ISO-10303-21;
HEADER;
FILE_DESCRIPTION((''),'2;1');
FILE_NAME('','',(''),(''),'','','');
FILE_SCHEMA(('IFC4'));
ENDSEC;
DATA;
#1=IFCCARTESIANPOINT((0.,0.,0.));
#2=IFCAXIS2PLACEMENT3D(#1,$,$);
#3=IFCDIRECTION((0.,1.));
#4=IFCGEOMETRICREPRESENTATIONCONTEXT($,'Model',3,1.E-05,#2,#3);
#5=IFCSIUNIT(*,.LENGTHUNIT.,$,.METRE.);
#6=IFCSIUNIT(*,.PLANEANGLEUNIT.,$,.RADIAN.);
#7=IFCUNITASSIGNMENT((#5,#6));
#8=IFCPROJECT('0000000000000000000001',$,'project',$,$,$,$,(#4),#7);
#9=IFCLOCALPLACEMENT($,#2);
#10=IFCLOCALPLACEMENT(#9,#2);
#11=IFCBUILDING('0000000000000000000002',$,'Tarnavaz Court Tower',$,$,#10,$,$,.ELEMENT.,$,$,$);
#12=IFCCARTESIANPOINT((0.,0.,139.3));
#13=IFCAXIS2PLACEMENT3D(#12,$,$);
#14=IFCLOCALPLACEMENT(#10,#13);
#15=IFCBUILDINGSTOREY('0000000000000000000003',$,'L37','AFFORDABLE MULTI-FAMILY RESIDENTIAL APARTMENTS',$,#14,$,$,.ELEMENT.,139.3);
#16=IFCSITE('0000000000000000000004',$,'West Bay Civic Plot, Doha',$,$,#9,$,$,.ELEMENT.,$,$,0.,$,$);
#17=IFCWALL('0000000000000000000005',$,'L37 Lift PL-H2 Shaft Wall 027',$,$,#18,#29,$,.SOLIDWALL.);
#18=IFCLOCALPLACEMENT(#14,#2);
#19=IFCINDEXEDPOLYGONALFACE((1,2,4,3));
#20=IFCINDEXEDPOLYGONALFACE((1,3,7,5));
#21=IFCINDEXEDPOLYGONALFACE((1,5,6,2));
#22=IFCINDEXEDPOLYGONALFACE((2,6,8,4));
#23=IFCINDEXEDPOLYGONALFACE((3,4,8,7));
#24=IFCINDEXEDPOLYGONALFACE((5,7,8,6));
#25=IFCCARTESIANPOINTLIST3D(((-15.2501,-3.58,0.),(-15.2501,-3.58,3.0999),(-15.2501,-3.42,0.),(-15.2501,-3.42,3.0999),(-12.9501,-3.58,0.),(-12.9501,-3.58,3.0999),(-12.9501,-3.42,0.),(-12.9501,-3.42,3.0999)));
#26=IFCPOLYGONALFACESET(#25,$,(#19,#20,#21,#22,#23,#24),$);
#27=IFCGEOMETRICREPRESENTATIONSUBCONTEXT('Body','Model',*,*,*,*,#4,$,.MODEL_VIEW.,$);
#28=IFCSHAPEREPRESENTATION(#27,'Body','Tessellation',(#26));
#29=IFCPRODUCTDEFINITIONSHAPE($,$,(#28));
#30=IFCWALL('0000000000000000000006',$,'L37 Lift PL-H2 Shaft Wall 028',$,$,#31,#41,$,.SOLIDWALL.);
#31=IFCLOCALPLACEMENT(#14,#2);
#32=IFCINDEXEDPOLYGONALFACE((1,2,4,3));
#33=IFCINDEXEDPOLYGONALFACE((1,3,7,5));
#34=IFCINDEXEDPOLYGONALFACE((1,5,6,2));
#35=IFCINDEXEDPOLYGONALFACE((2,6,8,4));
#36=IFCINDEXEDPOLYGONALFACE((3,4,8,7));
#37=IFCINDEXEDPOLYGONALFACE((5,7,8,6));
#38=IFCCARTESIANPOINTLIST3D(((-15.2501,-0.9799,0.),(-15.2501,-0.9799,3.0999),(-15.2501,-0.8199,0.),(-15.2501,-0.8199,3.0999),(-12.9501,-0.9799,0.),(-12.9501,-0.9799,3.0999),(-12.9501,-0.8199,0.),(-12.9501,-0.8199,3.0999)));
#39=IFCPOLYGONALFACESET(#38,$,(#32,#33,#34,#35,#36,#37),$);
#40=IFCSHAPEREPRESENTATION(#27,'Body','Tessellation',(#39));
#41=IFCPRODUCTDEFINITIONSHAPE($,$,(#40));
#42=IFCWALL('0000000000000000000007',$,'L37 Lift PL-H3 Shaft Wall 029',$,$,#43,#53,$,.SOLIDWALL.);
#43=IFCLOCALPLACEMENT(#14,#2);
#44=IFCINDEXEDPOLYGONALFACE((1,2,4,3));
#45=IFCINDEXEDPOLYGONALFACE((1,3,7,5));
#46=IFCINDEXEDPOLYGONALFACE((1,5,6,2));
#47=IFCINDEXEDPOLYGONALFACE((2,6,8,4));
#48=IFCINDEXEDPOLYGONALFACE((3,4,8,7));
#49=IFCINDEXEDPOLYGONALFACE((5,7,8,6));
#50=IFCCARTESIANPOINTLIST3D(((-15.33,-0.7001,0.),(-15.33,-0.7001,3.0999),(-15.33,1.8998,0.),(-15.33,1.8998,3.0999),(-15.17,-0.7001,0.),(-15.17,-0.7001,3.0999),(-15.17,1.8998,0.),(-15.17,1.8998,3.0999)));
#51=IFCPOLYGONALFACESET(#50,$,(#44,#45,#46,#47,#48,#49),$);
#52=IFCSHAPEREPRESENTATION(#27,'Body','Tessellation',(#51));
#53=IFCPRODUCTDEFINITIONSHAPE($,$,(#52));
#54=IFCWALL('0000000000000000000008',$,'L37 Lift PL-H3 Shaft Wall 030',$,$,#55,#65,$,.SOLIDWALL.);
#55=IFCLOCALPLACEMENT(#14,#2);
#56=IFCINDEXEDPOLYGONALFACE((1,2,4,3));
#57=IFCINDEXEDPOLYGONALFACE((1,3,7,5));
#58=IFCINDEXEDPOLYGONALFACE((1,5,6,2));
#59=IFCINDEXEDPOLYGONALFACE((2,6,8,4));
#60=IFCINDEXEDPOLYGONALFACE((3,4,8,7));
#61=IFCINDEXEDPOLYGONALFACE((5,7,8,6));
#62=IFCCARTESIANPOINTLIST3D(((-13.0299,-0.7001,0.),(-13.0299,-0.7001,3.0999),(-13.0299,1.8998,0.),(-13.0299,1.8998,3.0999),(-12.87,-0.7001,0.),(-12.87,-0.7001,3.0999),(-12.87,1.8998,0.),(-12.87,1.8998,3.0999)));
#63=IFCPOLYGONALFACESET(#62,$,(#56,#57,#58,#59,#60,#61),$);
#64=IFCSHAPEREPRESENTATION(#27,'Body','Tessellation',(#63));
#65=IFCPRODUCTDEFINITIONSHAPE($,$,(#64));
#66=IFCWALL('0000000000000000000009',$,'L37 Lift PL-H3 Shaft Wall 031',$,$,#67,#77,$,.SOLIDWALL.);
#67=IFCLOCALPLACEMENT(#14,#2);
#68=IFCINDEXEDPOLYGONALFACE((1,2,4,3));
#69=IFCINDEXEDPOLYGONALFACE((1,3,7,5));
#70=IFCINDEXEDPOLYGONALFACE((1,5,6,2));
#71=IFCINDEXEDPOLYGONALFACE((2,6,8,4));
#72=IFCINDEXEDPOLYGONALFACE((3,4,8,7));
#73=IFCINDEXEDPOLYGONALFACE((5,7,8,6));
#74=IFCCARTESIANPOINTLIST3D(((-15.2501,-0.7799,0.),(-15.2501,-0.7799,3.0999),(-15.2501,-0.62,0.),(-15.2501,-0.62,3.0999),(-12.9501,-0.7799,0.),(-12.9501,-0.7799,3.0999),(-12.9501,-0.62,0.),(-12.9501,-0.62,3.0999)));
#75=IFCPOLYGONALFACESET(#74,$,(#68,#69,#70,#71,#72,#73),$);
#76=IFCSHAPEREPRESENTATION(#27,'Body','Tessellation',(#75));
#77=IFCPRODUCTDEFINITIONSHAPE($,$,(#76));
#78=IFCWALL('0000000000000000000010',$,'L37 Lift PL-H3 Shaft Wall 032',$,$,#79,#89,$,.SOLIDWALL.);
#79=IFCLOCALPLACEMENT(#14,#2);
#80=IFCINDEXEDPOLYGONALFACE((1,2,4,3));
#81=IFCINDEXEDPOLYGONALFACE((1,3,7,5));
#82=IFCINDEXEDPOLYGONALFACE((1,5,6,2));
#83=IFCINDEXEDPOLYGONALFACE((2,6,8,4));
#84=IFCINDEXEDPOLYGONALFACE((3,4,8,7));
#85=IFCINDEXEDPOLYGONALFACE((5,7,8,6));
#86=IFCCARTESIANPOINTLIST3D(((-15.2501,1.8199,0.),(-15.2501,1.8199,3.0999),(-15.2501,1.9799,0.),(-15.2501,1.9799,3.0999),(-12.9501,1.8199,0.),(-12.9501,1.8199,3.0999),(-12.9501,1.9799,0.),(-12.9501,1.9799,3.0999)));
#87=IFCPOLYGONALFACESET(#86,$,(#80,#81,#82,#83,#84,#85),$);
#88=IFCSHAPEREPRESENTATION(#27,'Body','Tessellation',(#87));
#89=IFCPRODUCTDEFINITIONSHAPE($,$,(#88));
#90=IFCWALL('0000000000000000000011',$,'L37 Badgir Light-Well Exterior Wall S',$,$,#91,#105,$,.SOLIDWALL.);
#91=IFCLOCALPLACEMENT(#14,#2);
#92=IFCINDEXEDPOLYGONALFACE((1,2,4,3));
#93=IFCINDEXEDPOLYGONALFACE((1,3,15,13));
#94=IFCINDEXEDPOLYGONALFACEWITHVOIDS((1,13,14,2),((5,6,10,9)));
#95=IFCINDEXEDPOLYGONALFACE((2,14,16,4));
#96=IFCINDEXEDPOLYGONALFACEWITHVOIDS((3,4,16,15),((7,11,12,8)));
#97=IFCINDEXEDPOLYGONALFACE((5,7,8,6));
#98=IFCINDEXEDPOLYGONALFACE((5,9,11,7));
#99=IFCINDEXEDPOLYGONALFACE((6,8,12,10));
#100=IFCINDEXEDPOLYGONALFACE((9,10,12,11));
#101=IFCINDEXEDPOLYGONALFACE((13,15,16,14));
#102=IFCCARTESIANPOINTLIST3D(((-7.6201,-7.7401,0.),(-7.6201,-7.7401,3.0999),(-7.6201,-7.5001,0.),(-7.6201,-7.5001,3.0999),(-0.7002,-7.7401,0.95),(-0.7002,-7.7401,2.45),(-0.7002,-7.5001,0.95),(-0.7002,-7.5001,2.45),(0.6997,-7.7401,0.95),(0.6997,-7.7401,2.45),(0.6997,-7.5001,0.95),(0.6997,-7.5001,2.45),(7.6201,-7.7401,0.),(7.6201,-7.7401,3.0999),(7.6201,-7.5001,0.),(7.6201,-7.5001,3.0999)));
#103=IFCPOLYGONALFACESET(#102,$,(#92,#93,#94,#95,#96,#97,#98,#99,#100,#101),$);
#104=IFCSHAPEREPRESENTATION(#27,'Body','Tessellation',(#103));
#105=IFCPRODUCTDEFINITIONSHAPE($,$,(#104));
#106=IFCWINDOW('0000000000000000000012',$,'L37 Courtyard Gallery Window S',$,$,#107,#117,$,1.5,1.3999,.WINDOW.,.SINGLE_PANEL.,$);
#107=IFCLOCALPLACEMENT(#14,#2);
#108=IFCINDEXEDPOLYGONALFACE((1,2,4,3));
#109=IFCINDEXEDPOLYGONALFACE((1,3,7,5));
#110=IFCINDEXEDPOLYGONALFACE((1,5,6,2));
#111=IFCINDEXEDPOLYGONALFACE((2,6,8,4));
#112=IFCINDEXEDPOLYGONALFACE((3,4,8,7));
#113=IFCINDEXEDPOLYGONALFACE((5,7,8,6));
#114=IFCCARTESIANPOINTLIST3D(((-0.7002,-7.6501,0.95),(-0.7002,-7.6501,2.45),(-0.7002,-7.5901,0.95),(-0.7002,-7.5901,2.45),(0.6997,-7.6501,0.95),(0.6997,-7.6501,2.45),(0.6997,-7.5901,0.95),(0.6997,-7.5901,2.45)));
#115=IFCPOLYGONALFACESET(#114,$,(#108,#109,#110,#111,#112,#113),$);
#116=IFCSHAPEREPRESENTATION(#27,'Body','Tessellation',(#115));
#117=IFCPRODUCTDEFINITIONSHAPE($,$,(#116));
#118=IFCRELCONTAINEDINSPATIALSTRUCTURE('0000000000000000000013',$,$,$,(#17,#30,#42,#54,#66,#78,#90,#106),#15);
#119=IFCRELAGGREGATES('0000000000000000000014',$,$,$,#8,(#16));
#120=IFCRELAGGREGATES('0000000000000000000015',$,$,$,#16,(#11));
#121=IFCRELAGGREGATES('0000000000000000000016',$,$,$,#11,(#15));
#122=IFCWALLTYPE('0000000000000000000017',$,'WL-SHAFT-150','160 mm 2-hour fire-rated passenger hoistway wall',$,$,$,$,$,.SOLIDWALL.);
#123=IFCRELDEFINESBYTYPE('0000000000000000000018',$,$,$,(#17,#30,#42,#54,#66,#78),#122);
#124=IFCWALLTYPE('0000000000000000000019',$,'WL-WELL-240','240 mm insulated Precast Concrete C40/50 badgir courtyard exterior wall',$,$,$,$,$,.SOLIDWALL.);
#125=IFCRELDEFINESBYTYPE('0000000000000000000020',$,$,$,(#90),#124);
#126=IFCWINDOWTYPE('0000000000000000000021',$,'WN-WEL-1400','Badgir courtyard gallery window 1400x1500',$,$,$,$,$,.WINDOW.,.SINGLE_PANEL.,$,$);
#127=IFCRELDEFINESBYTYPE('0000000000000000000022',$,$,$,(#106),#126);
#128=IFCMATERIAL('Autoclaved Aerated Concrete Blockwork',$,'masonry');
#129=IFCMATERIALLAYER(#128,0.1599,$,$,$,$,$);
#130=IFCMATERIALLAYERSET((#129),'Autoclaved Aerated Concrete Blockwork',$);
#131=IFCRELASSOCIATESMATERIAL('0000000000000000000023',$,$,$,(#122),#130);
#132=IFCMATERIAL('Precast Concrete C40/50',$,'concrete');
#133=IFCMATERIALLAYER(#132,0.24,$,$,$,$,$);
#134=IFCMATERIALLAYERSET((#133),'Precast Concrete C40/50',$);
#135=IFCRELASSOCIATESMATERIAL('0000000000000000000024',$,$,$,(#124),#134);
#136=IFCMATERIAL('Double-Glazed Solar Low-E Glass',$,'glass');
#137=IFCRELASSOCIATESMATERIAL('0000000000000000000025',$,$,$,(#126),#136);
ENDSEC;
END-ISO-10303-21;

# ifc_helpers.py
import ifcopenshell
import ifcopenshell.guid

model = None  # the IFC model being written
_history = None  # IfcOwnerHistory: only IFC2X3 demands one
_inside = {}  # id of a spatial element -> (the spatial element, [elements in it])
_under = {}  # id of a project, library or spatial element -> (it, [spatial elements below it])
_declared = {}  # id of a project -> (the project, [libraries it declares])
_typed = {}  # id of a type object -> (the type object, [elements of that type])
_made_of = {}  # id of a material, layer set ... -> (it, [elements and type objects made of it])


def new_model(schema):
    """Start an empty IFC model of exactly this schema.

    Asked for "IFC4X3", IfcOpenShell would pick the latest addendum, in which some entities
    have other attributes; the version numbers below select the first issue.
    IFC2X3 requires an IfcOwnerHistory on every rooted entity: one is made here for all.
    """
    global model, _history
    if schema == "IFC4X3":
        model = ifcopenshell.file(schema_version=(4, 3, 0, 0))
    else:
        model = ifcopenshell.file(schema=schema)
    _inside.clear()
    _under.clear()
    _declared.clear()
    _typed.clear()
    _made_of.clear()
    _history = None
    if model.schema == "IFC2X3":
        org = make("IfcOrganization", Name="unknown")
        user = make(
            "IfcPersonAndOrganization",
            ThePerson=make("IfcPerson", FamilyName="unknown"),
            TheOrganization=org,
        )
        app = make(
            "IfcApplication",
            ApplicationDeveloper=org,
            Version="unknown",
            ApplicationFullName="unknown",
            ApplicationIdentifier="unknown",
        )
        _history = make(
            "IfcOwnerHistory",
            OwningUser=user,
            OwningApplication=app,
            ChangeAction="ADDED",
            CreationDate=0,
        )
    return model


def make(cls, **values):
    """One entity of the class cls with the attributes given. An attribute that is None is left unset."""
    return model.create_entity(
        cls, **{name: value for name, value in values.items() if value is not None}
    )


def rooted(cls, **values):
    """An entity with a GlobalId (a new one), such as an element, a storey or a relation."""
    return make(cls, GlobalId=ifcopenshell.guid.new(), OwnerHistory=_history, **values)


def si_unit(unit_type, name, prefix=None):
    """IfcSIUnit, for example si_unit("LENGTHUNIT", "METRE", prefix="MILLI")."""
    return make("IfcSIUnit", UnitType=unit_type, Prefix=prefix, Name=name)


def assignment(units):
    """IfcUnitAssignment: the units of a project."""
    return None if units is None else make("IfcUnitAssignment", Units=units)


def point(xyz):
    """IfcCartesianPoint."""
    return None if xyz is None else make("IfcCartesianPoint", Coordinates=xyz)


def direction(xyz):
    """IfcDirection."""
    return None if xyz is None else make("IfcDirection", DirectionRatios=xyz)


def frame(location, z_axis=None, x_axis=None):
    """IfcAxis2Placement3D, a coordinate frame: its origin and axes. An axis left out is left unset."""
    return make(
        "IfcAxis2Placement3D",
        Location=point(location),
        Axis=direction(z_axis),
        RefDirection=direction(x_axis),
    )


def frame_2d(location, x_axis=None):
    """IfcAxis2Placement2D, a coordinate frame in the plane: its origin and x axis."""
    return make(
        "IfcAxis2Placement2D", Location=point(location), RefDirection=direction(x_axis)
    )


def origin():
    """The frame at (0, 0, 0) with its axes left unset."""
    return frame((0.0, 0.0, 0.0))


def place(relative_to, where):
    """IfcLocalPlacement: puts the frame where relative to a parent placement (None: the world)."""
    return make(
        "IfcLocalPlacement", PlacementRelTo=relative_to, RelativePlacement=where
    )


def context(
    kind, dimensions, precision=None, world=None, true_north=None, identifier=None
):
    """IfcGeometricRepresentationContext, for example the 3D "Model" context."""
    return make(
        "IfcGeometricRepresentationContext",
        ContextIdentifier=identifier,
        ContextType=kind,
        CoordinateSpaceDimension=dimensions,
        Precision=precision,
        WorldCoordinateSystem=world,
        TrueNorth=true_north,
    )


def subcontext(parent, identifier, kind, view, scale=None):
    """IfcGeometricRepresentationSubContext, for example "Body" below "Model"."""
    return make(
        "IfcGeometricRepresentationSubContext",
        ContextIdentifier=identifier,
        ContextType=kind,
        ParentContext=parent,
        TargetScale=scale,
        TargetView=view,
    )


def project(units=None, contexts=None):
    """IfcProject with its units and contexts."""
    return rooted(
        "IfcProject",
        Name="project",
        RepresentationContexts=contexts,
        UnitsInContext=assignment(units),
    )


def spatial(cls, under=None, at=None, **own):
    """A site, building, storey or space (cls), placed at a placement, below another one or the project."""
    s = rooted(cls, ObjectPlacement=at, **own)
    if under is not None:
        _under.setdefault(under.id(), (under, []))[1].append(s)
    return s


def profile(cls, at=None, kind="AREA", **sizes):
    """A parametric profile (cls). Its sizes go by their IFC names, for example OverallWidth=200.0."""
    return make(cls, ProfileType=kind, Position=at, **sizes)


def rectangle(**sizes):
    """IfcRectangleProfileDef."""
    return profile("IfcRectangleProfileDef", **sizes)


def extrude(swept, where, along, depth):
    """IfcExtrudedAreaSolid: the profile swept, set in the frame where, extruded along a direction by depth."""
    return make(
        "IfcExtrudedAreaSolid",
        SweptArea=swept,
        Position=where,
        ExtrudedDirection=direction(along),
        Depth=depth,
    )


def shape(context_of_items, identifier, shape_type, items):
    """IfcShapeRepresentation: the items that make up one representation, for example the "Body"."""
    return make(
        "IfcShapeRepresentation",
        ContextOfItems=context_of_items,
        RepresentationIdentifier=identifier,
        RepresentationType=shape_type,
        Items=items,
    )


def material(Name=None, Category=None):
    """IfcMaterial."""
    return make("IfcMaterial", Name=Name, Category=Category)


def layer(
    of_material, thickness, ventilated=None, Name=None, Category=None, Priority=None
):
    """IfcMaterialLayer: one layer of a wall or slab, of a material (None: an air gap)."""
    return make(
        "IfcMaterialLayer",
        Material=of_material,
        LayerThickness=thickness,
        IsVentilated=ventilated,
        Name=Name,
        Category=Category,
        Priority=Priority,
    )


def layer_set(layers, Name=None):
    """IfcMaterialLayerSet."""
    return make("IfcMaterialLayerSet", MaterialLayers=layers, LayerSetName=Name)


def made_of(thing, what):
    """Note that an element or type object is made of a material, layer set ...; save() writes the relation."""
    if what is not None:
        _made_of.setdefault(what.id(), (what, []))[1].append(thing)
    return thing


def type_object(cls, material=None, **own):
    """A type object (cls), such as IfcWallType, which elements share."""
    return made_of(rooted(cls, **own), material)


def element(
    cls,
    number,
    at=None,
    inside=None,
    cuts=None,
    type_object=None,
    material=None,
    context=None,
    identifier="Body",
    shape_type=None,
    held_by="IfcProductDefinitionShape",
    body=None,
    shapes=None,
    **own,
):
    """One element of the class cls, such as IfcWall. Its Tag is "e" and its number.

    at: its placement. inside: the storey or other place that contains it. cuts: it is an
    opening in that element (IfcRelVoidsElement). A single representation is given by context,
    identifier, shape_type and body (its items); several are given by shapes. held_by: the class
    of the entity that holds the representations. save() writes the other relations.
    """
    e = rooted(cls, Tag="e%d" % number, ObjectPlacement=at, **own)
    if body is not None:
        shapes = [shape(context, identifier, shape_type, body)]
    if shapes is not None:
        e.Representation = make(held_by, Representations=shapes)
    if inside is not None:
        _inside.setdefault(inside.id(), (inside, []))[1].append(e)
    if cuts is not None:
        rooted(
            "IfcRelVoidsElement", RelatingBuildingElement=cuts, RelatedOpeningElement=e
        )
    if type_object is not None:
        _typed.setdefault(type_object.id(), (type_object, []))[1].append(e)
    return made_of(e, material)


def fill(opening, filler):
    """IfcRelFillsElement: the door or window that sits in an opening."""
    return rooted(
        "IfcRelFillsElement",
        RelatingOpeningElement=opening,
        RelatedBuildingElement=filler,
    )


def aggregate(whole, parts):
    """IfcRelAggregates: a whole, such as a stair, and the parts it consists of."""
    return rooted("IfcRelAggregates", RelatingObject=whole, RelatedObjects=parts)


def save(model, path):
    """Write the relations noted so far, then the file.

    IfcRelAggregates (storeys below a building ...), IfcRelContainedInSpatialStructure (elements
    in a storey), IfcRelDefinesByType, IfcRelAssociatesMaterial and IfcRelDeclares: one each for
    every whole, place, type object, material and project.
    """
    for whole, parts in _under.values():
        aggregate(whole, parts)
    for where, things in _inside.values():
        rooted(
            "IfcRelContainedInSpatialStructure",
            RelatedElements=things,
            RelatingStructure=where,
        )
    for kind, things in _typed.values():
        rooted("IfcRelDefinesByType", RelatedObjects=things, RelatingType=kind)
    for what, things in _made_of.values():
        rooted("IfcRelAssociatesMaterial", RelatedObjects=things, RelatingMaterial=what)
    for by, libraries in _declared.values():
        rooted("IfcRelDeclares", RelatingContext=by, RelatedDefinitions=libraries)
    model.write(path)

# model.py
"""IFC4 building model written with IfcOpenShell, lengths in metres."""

from ifc_helpers import new_model, si_unit, direction, frame, frame_2d, origin, place, context, subcontext, project, spatial, rectangle, extrude, material, layer, layer_set, type_object, element, fill, save


model = new_model("IFC4")

# Units and contexts
model_context = context("Model", 3, precision=1e-05, world=origin(), true_north=direction((0.0, 1.0)))
body_context = subcontext(model_context, "Body", "Model", "MODEL_VIEW")
ifc_project = project(units=[si_unit("LENGTHUNIT", "METRE"), si_unit("PLANEANGLEUNIT", "RADIAN")], contexts=[model_context])

# Site, building, storey
site_placement = place(None, origin())
site = spatial("IfcSite", under=ifc_project, at=site_placement, Name="West Bay Civic Plot, Doha", CompositionType="ELEMENT", RefElevation=0.0)
building_placement = place(site_placement, origin())
building = spatial("IfcBuilding", under=site, at=building_placement, Name="Tarnavaz Court Tower", CompositionType="ELEMENT")
storey_placement = place(building_placement, frame((0.0, 0.0, 139.3)))
storey = spatial("IfcBuildingStorey", under=building, at=storey_placement, Name="L37", Description="AFFORDABLE MULTI-FAMILY RESIDENTIAL APARTMENTS", CompositionType="ELEMENT", Elevation=139.3)

# Walls
ifc_material_1 = material(Name="Autoclaved Aerated Concrete Blockwork", Category="masonry")
ifc_layer_1 = layer(ifc_material_1, 0.1599)
ifc_layer_set_1 = layer_set([ifc_layer_1], Name="Autoclaved Aerated Concrete Blockwork")
wall_type_1 = type_object("IfcWallType", Name="WL-SHAFT-150", Description="160 mm 2-hour fire-rated passenger hoistway wall", PredefinedType="SOLIDWALL", material=ifc_layer_set_1)
for number, where, z_axis, x_axis, name in (
    (1, (-15.25, -3.5, 0.0), (0.0, 0.0, 1.0), (1.0, 0.0, 0.0), "L37 Lift PL-H2 Shaft Wall 027"),
    (2, (-15.25, -0.8999, 0.0), (0.0, 0.0, 1.0), (1.0, 0.0, 0.0), "L37 Lift PL-H2 Shaft Wall 028"),
):
    element("IfcWall", number, at=place(storey_placement, frame(where, z_axis=z_axis, x_axis=x_axis)), inside=storey, type_object=wall_type_1, Name=name, PredefinedType="SOLIDWALL", context=body_context, shape_type="SweptSolid", body=[
        extrude(rectangle(XDim=2.3, YDim=0.1599, at=frame_2d((1.1499, 0.0))), origin(), (0.0, 0.0, 1.0), 3.0999),
    ])
for number, where, z_axis, x_axis, name in (
    (3, (-15.25, -0.7, 0.0), (0.0, 0.0, 1.0), (0.0, 1.0, 0.0), "L37 Lift PL-H3 Shaft Wall 029"),
    (4, (-12.95, -0.7, 0.0), (0.0, 0.0, 1.0), (0.0, 1.0, 0.0), "L37 Lift PL-H3 Shaft Wall 030"),
):
    element("IfcWall", number, at=place(storey_placement, frame(where, z_axis=z_axis, x_axis=x_axis)), inside=storey, type_object=wall_type_1, Name=name, PredefinedType="SOLIDWALL", context=body_context, shape_type="SweptSolid", body=[
        extrude(rectangle(XDim=2.5999, YDim=0.1599, at=frame_2d((1.2998, 0.0))), origin(), (0.0, 0.0, 1.0), 3.0999),
    ])
for number, where, z_axis, x_axis, name in (
    (5, (-15.25, -0.7, 0.0), (0.0, 0.0, 1.0), (1.0, 0.0, 0.0), "L37 Lift PL-H3 Shaft Wall 031"),
    (6, (-15.25, 1.8999, 0.0), (0.0, 0.0, 1.0), (1.0, 0.0, 0.0), "L37 Lift PL-H3 Shaft Wall 032"),
):
    element("IfcWall", number, at=place(storey_placement, frame(where, z_axis=z_axis, x_axis=x_axis)), inside=storey, type_object=wall_type_1, Name=name, PredefinedType="SOLIDWALL", context=body_context, shape_type="SweptSolid", body=[
        extrude(rectangle(XDim=2.3, YDim=0.1599, at=frame_2d((1.1499, 0.0))), origin(), (0.0, 0.0, 1.0), 3.0999),
    ])

# Wall, opening, window
ifc_material_2 = material(Name="Precast Concrete C40/50", Category="concrete")
ifc_layer_2 = layer(ifc_material_2, 0.24)
ifc_layer_set_2 = layer_set([ifc_layer_2], Name="Precast Concrete C40/50")
wall_type_2 = type_object("IfcWallType", Name="WL-WELL-240", Description="240 mm insulated Precast Concrete C40/50 badgir courtyard exterior wall", PredefinedType="SOLIDWALL", material=ifc_layer_set_2)
wall_1_placement = place(storey_placement, frame((-7.6201, -7.6201, 0.0), z_axis=(0.0, 0.0, 1.0), x_axis=(1.0, 0.0, 0.0)))
wall_1 = element("IfcWall", 7, at=wall_1_placement, inside=storey, type_object=wall_type_2, Name="L37 Badgir Light-Well Exterior Wall S", PredefinedType="SOLIDWALL", context=body_context, shape_type="SweptSolid", body=[
    extrude(rectangle(XDim=15.2402, YDim=0.24, at=frame_2d((7.6201, 0.0))), origin(), (0.0, 0.0, 1.0), 3.0999),
])
opening_1_placement = place(wall_1_placement, frame((6.9199, 0.0, 0.95)))
opening_1 = element("IfcOpeningElement", 8, at=opening_1_placement, cuts=wall_1, PredefinedType="OPENING", context=body_context, shape_type="SweptSolid", body=[
    extrude(rectangle(XDim=1.3999, YDim=1.5, at=frame_2d((0.7, 0.75))), frame((0.0, 0.1299, 0.0), z_axis=(0.0, -1.0, 0.0), x_axis=(1.0, 0.0, 0.0)), (0.0, 0.0, 1.0), 0.26),
])
ifc_material_3 = material(Name="Double-Glazed Solar Low-E Glass", Category="glass")
window_type = type_object("IfcWindowType", Name="WN-WEL-1400", Description="Badgir courtyard gallery window 1400x1500", PartitioningType="SINGLE_PANEL", PredefinedType="WINDOW", material=ifc_material_3)
window_placement = place(opening_1_placement, origin())
window = element("IfcWindow", 9, at=window_placement, inside=storey, type_object=window_type, Name="L37 Courtyard Gallery Window S", OverallHeight=1.5, OverallWidth=1.3999, PartitioningType="SINGLE_PANEL", PredefinedType="WINDOW", context=body_context, shape_type="SweptSolid", body=[
    extrude(rectangle(XDim=1.3999, YDim=1.5, at=frame_2d((0.7, 0.75))), frame((0.0, 0.03, 0.0), z_axis=(0.0, -1.0, 0.0), x_axis=(1.0, 0.0, 0.0)), (0.0, 0.0, 1.0), 0.0601),
])
fill(opening_1, window)

save(model, "model.ifc")
